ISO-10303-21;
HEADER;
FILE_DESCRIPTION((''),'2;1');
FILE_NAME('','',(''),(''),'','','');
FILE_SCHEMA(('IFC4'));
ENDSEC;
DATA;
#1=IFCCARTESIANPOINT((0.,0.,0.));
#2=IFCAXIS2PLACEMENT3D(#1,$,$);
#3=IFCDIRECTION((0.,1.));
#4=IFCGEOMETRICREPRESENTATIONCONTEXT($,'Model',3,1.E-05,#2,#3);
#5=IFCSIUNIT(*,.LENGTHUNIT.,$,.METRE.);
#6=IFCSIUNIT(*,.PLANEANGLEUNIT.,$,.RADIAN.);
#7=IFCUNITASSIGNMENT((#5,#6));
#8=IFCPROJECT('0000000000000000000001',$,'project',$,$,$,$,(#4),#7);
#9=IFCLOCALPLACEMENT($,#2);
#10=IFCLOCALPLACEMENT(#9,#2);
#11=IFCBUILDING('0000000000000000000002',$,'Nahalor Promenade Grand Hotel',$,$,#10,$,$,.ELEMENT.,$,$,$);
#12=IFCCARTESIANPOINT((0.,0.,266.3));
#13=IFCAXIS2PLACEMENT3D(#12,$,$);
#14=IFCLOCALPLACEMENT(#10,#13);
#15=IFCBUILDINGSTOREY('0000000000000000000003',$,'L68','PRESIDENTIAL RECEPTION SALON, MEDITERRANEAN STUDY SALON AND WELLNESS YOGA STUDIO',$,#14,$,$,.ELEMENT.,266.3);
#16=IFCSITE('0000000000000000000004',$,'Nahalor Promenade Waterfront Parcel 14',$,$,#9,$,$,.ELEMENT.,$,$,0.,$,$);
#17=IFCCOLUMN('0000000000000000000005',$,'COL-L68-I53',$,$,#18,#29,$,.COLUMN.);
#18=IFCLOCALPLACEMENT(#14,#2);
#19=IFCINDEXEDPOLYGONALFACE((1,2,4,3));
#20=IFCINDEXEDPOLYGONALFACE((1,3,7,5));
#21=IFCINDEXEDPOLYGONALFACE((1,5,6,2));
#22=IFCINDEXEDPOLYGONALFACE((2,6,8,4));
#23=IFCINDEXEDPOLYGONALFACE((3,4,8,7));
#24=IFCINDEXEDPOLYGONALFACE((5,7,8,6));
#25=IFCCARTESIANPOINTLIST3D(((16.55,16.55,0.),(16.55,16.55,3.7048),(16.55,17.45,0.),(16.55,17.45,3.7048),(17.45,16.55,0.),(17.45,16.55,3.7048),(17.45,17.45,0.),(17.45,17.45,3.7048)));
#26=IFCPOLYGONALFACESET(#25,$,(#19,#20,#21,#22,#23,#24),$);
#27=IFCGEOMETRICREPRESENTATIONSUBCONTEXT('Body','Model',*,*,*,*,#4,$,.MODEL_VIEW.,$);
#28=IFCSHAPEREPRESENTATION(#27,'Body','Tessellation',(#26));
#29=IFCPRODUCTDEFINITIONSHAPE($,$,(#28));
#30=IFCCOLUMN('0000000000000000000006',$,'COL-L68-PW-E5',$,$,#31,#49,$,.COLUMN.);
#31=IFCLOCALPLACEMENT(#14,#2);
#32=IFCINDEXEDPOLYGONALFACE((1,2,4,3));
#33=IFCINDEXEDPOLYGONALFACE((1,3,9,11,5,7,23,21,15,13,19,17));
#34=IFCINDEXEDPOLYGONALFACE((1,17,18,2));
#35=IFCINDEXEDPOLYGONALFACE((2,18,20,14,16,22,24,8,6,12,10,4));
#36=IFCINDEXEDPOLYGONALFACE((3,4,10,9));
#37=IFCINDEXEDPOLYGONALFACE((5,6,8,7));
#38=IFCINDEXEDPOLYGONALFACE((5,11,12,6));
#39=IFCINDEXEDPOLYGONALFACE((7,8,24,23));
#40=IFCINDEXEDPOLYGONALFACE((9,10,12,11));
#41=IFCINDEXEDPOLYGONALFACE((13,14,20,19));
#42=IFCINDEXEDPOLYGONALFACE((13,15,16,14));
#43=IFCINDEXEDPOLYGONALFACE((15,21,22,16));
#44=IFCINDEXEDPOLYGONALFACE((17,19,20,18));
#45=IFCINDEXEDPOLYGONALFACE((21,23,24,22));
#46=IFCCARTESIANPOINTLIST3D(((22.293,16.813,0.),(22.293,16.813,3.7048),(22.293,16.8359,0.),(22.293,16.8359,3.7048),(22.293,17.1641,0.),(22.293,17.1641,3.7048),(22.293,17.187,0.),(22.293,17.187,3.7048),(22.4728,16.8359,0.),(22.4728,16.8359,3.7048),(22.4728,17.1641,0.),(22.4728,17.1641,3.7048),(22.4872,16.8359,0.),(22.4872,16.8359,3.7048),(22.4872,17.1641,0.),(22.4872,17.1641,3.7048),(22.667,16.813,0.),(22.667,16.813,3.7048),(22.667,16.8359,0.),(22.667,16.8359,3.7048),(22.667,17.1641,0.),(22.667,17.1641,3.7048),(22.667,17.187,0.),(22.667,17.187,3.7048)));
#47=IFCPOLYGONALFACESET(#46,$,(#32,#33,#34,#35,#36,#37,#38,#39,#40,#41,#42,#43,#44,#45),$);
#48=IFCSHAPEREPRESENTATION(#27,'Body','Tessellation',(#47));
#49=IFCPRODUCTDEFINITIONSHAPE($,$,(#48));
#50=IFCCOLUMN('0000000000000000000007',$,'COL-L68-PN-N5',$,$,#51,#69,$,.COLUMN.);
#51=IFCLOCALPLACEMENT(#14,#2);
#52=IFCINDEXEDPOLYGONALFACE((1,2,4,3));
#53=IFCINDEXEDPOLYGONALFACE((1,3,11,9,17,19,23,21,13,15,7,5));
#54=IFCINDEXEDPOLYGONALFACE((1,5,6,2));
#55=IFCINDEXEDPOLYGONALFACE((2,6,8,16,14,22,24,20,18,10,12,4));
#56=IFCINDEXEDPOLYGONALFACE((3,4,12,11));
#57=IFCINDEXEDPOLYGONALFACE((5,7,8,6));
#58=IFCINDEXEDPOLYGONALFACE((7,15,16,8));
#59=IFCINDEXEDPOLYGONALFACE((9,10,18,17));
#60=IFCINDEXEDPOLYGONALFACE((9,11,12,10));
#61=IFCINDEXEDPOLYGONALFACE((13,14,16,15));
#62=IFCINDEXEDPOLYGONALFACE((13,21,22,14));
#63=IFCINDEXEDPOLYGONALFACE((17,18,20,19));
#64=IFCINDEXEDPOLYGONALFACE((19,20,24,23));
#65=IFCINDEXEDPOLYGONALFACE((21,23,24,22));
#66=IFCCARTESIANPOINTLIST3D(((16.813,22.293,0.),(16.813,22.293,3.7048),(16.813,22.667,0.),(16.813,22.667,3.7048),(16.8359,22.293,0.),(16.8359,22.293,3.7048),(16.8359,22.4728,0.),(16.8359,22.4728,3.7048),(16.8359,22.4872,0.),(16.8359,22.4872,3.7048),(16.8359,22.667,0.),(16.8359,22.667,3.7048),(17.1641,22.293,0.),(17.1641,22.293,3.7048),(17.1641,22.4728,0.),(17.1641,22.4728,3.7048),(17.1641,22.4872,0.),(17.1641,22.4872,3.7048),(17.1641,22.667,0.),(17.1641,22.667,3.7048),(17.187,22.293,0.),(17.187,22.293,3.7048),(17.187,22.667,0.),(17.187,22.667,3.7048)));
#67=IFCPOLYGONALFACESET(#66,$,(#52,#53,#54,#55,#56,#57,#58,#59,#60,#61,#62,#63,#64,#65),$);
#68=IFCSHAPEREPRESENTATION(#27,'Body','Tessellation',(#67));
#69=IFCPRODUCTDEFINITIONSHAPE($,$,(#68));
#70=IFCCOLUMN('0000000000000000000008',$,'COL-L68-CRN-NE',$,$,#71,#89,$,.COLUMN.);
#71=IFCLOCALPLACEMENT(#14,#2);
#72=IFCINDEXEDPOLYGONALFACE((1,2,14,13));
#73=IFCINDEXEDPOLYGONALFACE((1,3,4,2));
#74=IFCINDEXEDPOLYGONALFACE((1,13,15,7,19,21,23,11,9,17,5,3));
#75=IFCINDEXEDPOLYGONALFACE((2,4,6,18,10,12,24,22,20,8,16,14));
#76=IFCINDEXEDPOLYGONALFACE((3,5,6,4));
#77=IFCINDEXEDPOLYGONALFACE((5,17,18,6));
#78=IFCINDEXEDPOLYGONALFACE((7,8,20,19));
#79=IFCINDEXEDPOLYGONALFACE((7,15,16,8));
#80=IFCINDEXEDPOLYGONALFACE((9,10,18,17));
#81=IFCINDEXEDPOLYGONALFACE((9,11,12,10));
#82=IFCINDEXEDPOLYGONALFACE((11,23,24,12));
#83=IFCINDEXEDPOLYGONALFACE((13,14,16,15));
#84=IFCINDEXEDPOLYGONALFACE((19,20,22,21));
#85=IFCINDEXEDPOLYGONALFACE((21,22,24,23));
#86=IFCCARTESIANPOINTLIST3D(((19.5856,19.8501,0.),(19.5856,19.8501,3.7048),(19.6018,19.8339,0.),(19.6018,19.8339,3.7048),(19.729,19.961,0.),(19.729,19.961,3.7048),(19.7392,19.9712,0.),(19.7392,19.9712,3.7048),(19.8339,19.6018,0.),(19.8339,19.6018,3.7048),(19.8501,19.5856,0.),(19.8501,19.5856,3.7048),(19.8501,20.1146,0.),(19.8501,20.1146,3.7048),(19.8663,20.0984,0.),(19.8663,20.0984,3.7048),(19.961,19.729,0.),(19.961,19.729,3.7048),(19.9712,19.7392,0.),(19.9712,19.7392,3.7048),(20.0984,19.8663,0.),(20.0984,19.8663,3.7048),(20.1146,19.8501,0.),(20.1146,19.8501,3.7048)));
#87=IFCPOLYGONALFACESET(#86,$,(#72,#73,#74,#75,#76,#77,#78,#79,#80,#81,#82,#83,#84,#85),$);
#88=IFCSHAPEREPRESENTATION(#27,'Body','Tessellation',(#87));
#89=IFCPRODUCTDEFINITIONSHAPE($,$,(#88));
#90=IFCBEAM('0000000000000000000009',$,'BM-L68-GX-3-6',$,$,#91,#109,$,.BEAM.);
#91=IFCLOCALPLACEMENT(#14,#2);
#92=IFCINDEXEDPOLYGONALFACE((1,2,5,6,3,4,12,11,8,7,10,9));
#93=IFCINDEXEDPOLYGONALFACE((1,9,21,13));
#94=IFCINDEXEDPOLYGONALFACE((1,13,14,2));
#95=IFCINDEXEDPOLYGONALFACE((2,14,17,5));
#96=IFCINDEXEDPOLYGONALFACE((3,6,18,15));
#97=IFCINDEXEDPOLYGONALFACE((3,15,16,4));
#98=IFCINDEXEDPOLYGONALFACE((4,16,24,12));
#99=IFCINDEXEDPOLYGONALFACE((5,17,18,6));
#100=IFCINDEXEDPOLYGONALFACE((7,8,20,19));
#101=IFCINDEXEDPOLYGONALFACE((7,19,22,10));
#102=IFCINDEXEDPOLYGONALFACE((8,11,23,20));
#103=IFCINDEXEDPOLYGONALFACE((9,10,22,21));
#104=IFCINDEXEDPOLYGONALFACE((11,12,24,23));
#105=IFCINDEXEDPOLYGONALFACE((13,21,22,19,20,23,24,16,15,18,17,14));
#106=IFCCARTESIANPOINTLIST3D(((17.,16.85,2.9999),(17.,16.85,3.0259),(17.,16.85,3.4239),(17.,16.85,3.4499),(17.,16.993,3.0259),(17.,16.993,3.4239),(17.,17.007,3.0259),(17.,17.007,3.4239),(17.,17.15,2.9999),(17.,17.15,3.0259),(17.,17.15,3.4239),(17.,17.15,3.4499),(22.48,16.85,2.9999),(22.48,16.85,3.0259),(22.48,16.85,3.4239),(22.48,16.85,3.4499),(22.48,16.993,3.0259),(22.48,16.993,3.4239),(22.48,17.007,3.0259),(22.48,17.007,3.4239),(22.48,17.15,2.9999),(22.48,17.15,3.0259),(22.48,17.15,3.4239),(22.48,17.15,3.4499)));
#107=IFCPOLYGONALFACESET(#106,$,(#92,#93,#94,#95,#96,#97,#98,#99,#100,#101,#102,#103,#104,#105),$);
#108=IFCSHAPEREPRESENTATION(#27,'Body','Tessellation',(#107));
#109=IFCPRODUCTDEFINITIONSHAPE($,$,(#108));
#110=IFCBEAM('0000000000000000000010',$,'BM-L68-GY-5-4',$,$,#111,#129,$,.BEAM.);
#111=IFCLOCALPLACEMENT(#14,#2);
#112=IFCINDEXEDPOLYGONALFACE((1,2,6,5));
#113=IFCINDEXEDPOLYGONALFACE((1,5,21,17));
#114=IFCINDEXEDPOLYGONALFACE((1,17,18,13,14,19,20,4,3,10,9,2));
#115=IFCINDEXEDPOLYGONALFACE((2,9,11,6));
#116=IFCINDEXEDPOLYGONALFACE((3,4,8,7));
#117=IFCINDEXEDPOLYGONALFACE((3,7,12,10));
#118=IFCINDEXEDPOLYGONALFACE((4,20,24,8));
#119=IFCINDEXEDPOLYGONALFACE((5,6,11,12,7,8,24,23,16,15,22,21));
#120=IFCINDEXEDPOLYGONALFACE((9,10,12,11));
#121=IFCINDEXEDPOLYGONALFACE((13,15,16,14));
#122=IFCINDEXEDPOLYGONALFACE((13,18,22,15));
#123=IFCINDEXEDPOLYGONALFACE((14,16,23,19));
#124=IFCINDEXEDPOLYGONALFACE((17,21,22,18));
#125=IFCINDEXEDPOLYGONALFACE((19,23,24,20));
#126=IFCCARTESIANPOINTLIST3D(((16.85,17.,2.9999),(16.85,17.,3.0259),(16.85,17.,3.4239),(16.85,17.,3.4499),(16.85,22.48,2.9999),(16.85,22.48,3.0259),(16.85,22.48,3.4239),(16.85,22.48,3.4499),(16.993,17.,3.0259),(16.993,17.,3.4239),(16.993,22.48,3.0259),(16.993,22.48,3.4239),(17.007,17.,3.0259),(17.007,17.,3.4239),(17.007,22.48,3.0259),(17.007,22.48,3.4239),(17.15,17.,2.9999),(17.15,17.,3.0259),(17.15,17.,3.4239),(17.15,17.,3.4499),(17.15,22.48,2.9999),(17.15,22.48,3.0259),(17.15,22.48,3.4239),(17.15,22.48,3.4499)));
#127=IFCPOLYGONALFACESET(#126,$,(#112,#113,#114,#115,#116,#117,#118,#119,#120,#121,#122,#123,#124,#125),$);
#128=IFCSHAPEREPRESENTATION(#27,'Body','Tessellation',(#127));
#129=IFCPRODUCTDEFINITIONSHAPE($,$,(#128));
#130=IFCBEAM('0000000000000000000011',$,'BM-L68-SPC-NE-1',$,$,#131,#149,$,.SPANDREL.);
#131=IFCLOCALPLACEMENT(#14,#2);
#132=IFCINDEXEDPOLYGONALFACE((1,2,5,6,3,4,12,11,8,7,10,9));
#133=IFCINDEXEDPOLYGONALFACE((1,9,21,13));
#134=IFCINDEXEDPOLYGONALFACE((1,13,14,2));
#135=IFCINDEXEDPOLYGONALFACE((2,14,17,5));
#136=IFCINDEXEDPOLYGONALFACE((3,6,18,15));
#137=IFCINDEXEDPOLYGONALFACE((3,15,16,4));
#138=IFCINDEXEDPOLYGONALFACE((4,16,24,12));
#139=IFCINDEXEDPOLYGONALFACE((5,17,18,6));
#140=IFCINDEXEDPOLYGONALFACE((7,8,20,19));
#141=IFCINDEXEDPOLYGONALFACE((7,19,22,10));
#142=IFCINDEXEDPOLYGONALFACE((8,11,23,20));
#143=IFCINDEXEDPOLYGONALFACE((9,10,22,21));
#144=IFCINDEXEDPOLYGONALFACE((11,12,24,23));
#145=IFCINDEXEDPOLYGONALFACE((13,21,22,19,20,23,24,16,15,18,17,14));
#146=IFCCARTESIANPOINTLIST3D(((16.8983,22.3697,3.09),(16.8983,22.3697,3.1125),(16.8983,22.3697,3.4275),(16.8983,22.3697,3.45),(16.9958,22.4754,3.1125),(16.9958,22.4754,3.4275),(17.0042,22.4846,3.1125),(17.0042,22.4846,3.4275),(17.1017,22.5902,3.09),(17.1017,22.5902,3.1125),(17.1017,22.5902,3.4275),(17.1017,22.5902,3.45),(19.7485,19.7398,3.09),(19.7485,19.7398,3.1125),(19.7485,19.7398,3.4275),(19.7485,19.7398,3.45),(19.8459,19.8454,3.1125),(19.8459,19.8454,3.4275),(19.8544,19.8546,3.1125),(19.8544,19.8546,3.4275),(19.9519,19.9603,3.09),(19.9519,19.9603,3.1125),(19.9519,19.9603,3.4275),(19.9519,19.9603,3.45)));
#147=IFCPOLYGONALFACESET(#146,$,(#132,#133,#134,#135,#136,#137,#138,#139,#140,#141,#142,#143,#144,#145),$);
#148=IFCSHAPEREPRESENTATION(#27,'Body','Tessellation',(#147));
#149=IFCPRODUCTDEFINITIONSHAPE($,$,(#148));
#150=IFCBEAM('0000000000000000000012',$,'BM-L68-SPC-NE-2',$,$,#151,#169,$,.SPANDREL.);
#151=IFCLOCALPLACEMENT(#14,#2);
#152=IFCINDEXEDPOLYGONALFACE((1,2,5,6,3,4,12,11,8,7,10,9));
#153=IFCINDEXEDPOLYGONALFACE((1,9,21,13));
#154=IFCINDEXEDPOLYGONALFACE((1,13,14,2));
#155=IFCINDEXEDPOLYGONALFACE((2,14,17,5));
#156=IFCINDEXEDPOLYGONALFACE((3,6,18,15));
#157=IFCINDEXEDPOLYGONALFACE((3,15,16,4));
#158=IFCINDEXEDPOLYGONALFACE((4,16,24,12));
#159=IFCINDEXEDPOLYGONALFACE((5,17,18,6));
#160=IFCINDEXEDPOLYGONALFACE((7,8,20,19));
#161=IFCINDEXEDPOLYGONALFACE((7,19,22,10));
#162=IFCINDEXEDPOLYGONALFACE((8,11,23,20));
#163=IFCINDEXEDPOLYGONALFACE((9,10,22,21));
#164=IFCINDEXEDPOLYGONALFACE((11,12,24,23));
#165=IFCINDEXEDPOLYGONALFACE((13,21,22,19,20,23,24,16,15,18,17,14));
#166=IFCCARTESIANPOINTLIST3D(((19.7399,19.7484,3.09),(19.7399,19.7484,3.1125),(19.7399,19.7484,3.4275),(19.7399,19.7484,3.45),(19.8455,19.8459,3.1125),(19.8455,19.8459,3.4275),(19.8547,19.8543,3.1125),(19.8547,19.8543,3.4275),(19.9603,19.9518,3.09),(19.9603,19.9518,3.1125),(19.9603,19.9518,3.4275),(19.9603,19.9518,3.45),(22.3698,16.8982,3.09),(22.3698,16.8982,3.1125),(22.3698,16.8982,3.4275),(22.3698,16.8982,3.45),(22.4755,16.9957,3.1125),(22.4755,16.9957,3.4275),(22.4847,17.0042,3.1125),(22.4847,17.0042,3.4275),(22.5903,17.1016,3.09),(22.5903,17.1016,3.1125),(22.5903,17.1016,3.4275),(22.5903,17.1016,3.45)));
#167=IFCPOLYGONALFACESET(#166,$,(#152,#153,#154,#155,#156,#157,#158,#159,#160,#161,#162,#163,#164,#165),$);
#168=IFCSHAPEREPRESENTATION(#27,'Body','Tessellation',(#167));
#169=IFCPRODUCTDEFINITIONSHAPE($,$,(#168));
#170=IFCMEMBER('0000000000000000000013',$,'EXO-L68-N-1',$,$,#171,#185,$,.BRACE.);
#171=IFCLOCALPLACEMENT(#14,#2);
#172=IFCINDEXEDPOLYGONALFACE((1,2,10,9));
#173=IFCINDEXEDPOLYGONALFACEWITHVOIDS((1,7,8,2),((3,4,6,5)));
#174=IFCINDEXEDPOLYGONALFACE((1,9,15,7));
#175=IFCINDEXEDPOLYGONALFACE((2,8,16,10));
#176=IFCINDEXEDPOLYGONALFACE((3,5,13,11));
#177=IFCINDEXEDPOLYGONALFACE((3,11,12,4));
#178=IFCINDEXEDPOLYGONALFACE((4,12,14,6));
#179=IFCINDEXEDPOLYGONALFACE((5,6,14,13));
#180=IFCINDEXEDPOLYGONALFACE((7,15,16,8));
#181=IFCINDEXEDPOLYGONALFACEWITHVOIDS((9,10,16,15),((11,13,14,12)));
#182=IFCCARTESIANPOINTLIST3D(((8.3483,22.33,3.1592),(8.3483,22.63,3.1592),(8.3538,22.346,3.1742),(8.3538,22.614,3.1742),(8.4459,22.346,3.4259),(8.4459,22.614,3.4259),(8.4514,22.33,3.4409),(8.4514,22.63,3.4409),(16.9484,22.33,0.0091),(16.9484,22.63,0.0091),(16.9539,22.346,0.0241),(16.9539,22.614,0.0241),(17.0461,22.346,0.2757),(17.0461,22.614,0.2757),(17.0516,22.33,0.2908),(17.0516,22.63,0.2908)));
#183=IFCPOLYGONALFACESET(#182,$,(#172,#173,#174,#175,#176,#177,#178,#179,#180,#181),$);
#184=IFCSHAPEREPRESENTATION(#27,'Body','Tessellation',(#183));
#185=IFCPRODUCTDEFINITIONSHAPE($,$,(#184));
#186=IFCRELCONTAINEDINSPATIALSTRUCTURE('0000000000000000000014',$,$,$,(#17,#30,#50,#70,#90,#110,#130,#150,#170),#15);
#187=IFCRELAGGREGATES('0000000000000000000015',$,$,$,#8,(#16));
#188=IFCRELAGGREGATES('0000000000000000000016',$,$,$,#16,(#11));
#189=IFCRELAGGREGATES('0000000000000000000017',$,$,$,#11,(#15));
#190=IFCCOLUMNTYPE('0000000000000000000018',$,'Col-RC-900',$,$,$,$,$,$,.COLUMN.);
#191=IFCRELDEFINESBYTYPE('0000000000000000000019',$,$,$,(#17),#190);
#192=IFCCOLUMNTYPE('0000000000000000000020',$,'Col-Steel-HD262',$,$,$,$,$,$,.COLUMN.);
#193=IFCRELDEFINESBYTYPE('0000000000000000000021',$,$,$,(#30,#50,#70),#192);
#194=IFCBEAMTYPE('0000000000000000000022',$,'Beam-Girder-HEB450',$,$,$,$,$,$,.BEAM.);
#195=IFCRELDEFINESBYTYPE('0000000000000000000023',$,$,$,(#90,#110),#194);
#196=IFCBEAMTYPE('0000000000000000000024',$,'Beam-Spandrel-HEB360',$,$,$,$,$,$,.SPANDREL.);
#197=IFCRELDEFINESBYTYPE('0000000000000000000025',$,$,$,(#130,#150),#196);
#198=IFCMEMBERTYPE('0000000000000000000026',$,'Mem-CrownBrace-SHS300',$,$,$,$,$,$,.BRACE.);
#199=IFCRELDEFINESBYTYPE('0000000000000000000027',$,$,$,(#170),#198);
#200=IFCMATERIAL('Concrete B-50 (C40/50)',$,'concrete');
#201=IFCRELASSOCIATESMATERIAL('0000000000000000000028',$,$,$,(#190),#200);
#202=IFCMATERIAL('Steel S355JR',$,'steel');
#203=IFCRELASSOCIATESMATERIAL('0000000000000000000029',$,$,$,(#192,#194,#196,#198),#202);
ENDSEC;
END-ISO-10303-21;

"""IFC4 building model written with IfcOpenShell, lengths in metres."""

from ifc_helpers import new_model, si_unit, direction, frame, origin, origin_2d, place, context, subcontext, project, spatial, rectangle, hollow_rectangle, i_section, extrude, source, transform, mapped, material, material_profile, profile_set, type_object, element, save


model = new_model("IFC4")

# Units and contexts
model_context = context("Model", 3, precision=1e-05, world=origin(), true_north=direction((0.0, 1.0)))
body_context = subcontext(model_context, "Body", "Model", "MODEL_VIEW")
ifc_project = project(units=[si_unit("LENGTHUNIT", "METRE"), si_unit("PLANEANGLEUNIT", "RADIAN")], contexts=[model_context])

# Site, building, storey
site_placement = place(None, origin())
site = spatial("IfcSite", under=ifc_project, at=site_placement, Name="Nahalor Promenade Waterfront Parcel 14", CompositionType="ELEMENT", RefElevation=0.0)
building_placement = place(site_placement, origin())
building = spatial("IfcBuilding", under=site, at=building_placement, Name="Nahalor Promenade Grand Hotel", CompositionType="ELEMENT")
storey_placement = place(building_placement, frame((0.0, 0.0, 266.3)))
storey = spatial("IfcBuildingStorey", under=building, at=storey_placement, Name="L68", Description="PRESIDENTIAL RECEPTION SALON, MEDITERRANEAN STUDY SALON AND WELLNESS YOGA STUDIO", CompositionType="ELEMENT", Elevation=266.3)

# Columns
ifc_material_1 = material(Name="Concrete B-50 (C40/50)", Category="concrete")
ifc_material_profile_1 = material_profile(ifc_material_1, rectangle(XDim=0.9, YDim=0.9, at=origin_2d()), Name="RC 900x900")
ifc_profile_set_1 = profile_set([ifc_material_profile_1], Name="Concrete B-50 (C40/50)")
column_type_1 = type_object("IfcColumnType", Name="Col-RC-900", PredefinedType="COLUMN", material=ifc_profile_set_1)
shared_shape_1 = source(origin(), body_context, "Body", "SweptSolid", [
    extrude(rectangle(XDim=0.9, YDim=0.9, at=origin_2d()), origin(), (0.0, 0.0, 1.0), 3.7048),
])
column_placement = place(storey_placement, frame((17.0, 17.0, 0.0), z_axis=(0.0, 0.0, 1.0), x_axis=(1.0, 0.0, 0.0)))
element("IfcColumn", 1, at=column_placement, inside=storey, type_object=column_type_1, Name="COL-L68-I53", PredefinedType="COLUMN", context=body_context, shape_type="MappedRepresentation", body=[
    mapped(shared_shape_1, transform((0.0, 0.0, 0.0), scale=1.0)),
])
ifc_material_2 = material(Name="Steel S355JR", Category="steel")
ifc_material_profile_2 = material_profile(ifc_material_2, i_section(OverallWidth=0.374, OverallDepth=0.374, WebThickness=0.0144, FlangeThickness=0.0229, at=origin_2d()), Name="HD 360x262")
ifc_profile_set_2 = profile_set([ifc_material_profile_2], Name="Steel S355JR")
column_type_2 = type_object("IfcColumnType", Name="Col-Steel-HD262", PredefinedType="COLUMN", material=ifc_profile_set_2)
shared_shape_2 = source(origin(), body_context, "Body", "SweptSolid", [
    extrude(i_section(OverallWidth=0.374, OverallDepth=0.374, WebThickness=0.0144, FlangeThickness=0.0229, at=origin_2d()), origin(), (0.0, 0.0, 1.0), 3.7048),
])
for number, where, z_axis, x_axis, name in (
    (2, (22.48, 17.0, 0.0), (0.0, 0.0, 1.0), (1.0, 0.0, 0.0), "COL-L68-PW-E5"),
    (3, (17.0, 22.48, 0.0), (0.0, 0.0, 1.0), (0.0, 1.0, 0.0), "COL-L68-PN-N5"),
    (4, (19.8501, 19.8501, 0.0), (0.0, 0.0, 1.0), (0.707107, 0.707107, 0.0), "COL-L68-CRN-NE"),
):
    element("IfcColumn", number, at=place(storey_placement, frame(where, z_axis=z_axis, x_axis=x_axis)), inside=storey, type_object=column_type_2, Name=name, PredefinedType="COLUMN", context=body_context, shape_type="MappedRepresentation", body=[
        mapped(shared_shape_2, transform((0.0, 0.0, 0.0), scale=1.0)),
    ])

# Beams
ifc_material_profile_3 = material_profile(ifc_material_2, i_section(OverallWidth=0.3, OverallDepth=0.45, WebThickness=0.014, FlangeThickness=0.026, at=origin_2d()), Name="HEB 450")
ifc_profile_set_3 = profile_set([ifc_material_profile_3], Name="Steel S355JR")
beam_type_1 = type_object("IfcBeamType", Name="Beam-Girder-HEB450", PredefinedType="BEAM", material=ifc_profile_set_3)
shared_shape_3 = source(origin(), body_context, "Body", "SweptSolid", [
    extrude(i_section(OverallWidth=0.3, OverallDepth=0.45, WebThickness=0.014, FlangeThickness=0.026, at=origin_2d()), origin(), (0.0, 0.0, 1.0), 5.48),
])
for number, where, z_axis, x_axis, name in (
    (5, (17.0, 17.0, 3.2249), (1.0, 0.0, 0.0), (0.0, 1.0, 0.0), "BM-L68-GX-3-6"),
    (6, (17.0, 17.0, 3.2249), (0.0, 1.0, 0.0), (-1.0, 0.0, 0.0), "BM-L68-GY-5-4"),
):
    element("IfcBeam", number, at=place(storey_placement, frame(where, z_axis=z_axis, x_axis=x_axis)), inside=storey, type_object=beam_type_1, Name=name, PredefinedType="BEAM", context=body_context, shape_type="MappedRepresentation", body=[
        mapped(shared_shape_3, transform((0.0, 0.0, 0.0), scale=1.0)),
    ])
ifc_material_profile_4 = material_profile(ifc_material_2, i_section(OverallWidth=0.3, OverallDepth=0.36, WebThickness=0.0125, FlangeThickness=0.0225, at=origin_2d()), Name="HEB 360")
ifc_profile_set_4 = profile_set([ifc_material_profile_4], Name="Steel S355JR")
beam_type_2 = type_object("IfcBeamType", Name="Beam-Spandrel-HEB360", PredefinedType="SPANDREL", material=ifc_profile_set_4)
shared_shape_4 = source(origin(), body_context, "Body", "SweptSolid", [
    extrude(i_section(OverallWidth=0.3, OverallDepth=0.36, WebThickness=0.0125, FlangeThickness=0.0225, at=origin_2d()), origin(), (0.0, 0.0, 1.0), 3.8782),
])
for number, where, z_axis, x_axis, name in (
    (7, (17.0, 22.48, 3.27), (0.734929, -0.678144, 0.0), (0.678144, 0.734929, 0.0), "BM-L68-SPC-NE-1"),
    (8, (19.8501, 19.8501, 3.27), (0.678144, -0.734929, 0.0), (0.734929, 0.678144, 0.0), "BM-L68-SPC-NE-2"),
):
    element("IfcBeam", number, at=place(storey_placement, frame(where, z_axis=z_axis, x_axis=x_axis)), inside=storey, type_object=beam_type_2, Name=name, PredefinedType="SPANDREL", context=body_context, shape_type="MappedRepresentation", body=[
        mapped(shared_shape_4, transform((0.0, 0.0, 0.0), scale=1.0)),
    ])

# Member
ifc_material_profile_5 = material_profile(ifc_material_2, hollow_rectangle(XDim=0.3, YDim=0.3, WallThickness=0.016, at=origin_2d()), Name="SHS 300x300x16")
ifc_profile_set_5 = profile_set([ifc_material_profile_5], Name="Steel S355JR")
member_type_1 = type_object("IfcMemberType", Name="Mem-CrownBrace-SHS300", PredefinedType="BRACE", material=ifc_profile_set_5)
shared_shape_5 = source(origin(), body_context, "Body", "SweptSolid", [
    extrude(hollow_rectangle(XDim=0.3, YDim=0.3, WallThickness=0.016, at=origin_2d()), origin(), (0.0, 0.0, 1.0), 9.1589),
])
member_1_placement = place(storey_placement, frame((17.0, 22.48, 0.1499), z_axis=(-0.93899, 0.0, 0.343944), x_axis=(0.0, -1.0, 0.0)))
element("IfcMember", 9, at=member_1_placement, inside=storey, type_object=member_type_1, Name="EXO-L68-N-1", PredefinedType="BRACE", context=body_context, shape_type="MappedRepresentation", body=[
    mapped(shared_shape_5, transform((0.0, 0.0, 0.0), scale=1.0)),
])

save(model, "model.ifc")
